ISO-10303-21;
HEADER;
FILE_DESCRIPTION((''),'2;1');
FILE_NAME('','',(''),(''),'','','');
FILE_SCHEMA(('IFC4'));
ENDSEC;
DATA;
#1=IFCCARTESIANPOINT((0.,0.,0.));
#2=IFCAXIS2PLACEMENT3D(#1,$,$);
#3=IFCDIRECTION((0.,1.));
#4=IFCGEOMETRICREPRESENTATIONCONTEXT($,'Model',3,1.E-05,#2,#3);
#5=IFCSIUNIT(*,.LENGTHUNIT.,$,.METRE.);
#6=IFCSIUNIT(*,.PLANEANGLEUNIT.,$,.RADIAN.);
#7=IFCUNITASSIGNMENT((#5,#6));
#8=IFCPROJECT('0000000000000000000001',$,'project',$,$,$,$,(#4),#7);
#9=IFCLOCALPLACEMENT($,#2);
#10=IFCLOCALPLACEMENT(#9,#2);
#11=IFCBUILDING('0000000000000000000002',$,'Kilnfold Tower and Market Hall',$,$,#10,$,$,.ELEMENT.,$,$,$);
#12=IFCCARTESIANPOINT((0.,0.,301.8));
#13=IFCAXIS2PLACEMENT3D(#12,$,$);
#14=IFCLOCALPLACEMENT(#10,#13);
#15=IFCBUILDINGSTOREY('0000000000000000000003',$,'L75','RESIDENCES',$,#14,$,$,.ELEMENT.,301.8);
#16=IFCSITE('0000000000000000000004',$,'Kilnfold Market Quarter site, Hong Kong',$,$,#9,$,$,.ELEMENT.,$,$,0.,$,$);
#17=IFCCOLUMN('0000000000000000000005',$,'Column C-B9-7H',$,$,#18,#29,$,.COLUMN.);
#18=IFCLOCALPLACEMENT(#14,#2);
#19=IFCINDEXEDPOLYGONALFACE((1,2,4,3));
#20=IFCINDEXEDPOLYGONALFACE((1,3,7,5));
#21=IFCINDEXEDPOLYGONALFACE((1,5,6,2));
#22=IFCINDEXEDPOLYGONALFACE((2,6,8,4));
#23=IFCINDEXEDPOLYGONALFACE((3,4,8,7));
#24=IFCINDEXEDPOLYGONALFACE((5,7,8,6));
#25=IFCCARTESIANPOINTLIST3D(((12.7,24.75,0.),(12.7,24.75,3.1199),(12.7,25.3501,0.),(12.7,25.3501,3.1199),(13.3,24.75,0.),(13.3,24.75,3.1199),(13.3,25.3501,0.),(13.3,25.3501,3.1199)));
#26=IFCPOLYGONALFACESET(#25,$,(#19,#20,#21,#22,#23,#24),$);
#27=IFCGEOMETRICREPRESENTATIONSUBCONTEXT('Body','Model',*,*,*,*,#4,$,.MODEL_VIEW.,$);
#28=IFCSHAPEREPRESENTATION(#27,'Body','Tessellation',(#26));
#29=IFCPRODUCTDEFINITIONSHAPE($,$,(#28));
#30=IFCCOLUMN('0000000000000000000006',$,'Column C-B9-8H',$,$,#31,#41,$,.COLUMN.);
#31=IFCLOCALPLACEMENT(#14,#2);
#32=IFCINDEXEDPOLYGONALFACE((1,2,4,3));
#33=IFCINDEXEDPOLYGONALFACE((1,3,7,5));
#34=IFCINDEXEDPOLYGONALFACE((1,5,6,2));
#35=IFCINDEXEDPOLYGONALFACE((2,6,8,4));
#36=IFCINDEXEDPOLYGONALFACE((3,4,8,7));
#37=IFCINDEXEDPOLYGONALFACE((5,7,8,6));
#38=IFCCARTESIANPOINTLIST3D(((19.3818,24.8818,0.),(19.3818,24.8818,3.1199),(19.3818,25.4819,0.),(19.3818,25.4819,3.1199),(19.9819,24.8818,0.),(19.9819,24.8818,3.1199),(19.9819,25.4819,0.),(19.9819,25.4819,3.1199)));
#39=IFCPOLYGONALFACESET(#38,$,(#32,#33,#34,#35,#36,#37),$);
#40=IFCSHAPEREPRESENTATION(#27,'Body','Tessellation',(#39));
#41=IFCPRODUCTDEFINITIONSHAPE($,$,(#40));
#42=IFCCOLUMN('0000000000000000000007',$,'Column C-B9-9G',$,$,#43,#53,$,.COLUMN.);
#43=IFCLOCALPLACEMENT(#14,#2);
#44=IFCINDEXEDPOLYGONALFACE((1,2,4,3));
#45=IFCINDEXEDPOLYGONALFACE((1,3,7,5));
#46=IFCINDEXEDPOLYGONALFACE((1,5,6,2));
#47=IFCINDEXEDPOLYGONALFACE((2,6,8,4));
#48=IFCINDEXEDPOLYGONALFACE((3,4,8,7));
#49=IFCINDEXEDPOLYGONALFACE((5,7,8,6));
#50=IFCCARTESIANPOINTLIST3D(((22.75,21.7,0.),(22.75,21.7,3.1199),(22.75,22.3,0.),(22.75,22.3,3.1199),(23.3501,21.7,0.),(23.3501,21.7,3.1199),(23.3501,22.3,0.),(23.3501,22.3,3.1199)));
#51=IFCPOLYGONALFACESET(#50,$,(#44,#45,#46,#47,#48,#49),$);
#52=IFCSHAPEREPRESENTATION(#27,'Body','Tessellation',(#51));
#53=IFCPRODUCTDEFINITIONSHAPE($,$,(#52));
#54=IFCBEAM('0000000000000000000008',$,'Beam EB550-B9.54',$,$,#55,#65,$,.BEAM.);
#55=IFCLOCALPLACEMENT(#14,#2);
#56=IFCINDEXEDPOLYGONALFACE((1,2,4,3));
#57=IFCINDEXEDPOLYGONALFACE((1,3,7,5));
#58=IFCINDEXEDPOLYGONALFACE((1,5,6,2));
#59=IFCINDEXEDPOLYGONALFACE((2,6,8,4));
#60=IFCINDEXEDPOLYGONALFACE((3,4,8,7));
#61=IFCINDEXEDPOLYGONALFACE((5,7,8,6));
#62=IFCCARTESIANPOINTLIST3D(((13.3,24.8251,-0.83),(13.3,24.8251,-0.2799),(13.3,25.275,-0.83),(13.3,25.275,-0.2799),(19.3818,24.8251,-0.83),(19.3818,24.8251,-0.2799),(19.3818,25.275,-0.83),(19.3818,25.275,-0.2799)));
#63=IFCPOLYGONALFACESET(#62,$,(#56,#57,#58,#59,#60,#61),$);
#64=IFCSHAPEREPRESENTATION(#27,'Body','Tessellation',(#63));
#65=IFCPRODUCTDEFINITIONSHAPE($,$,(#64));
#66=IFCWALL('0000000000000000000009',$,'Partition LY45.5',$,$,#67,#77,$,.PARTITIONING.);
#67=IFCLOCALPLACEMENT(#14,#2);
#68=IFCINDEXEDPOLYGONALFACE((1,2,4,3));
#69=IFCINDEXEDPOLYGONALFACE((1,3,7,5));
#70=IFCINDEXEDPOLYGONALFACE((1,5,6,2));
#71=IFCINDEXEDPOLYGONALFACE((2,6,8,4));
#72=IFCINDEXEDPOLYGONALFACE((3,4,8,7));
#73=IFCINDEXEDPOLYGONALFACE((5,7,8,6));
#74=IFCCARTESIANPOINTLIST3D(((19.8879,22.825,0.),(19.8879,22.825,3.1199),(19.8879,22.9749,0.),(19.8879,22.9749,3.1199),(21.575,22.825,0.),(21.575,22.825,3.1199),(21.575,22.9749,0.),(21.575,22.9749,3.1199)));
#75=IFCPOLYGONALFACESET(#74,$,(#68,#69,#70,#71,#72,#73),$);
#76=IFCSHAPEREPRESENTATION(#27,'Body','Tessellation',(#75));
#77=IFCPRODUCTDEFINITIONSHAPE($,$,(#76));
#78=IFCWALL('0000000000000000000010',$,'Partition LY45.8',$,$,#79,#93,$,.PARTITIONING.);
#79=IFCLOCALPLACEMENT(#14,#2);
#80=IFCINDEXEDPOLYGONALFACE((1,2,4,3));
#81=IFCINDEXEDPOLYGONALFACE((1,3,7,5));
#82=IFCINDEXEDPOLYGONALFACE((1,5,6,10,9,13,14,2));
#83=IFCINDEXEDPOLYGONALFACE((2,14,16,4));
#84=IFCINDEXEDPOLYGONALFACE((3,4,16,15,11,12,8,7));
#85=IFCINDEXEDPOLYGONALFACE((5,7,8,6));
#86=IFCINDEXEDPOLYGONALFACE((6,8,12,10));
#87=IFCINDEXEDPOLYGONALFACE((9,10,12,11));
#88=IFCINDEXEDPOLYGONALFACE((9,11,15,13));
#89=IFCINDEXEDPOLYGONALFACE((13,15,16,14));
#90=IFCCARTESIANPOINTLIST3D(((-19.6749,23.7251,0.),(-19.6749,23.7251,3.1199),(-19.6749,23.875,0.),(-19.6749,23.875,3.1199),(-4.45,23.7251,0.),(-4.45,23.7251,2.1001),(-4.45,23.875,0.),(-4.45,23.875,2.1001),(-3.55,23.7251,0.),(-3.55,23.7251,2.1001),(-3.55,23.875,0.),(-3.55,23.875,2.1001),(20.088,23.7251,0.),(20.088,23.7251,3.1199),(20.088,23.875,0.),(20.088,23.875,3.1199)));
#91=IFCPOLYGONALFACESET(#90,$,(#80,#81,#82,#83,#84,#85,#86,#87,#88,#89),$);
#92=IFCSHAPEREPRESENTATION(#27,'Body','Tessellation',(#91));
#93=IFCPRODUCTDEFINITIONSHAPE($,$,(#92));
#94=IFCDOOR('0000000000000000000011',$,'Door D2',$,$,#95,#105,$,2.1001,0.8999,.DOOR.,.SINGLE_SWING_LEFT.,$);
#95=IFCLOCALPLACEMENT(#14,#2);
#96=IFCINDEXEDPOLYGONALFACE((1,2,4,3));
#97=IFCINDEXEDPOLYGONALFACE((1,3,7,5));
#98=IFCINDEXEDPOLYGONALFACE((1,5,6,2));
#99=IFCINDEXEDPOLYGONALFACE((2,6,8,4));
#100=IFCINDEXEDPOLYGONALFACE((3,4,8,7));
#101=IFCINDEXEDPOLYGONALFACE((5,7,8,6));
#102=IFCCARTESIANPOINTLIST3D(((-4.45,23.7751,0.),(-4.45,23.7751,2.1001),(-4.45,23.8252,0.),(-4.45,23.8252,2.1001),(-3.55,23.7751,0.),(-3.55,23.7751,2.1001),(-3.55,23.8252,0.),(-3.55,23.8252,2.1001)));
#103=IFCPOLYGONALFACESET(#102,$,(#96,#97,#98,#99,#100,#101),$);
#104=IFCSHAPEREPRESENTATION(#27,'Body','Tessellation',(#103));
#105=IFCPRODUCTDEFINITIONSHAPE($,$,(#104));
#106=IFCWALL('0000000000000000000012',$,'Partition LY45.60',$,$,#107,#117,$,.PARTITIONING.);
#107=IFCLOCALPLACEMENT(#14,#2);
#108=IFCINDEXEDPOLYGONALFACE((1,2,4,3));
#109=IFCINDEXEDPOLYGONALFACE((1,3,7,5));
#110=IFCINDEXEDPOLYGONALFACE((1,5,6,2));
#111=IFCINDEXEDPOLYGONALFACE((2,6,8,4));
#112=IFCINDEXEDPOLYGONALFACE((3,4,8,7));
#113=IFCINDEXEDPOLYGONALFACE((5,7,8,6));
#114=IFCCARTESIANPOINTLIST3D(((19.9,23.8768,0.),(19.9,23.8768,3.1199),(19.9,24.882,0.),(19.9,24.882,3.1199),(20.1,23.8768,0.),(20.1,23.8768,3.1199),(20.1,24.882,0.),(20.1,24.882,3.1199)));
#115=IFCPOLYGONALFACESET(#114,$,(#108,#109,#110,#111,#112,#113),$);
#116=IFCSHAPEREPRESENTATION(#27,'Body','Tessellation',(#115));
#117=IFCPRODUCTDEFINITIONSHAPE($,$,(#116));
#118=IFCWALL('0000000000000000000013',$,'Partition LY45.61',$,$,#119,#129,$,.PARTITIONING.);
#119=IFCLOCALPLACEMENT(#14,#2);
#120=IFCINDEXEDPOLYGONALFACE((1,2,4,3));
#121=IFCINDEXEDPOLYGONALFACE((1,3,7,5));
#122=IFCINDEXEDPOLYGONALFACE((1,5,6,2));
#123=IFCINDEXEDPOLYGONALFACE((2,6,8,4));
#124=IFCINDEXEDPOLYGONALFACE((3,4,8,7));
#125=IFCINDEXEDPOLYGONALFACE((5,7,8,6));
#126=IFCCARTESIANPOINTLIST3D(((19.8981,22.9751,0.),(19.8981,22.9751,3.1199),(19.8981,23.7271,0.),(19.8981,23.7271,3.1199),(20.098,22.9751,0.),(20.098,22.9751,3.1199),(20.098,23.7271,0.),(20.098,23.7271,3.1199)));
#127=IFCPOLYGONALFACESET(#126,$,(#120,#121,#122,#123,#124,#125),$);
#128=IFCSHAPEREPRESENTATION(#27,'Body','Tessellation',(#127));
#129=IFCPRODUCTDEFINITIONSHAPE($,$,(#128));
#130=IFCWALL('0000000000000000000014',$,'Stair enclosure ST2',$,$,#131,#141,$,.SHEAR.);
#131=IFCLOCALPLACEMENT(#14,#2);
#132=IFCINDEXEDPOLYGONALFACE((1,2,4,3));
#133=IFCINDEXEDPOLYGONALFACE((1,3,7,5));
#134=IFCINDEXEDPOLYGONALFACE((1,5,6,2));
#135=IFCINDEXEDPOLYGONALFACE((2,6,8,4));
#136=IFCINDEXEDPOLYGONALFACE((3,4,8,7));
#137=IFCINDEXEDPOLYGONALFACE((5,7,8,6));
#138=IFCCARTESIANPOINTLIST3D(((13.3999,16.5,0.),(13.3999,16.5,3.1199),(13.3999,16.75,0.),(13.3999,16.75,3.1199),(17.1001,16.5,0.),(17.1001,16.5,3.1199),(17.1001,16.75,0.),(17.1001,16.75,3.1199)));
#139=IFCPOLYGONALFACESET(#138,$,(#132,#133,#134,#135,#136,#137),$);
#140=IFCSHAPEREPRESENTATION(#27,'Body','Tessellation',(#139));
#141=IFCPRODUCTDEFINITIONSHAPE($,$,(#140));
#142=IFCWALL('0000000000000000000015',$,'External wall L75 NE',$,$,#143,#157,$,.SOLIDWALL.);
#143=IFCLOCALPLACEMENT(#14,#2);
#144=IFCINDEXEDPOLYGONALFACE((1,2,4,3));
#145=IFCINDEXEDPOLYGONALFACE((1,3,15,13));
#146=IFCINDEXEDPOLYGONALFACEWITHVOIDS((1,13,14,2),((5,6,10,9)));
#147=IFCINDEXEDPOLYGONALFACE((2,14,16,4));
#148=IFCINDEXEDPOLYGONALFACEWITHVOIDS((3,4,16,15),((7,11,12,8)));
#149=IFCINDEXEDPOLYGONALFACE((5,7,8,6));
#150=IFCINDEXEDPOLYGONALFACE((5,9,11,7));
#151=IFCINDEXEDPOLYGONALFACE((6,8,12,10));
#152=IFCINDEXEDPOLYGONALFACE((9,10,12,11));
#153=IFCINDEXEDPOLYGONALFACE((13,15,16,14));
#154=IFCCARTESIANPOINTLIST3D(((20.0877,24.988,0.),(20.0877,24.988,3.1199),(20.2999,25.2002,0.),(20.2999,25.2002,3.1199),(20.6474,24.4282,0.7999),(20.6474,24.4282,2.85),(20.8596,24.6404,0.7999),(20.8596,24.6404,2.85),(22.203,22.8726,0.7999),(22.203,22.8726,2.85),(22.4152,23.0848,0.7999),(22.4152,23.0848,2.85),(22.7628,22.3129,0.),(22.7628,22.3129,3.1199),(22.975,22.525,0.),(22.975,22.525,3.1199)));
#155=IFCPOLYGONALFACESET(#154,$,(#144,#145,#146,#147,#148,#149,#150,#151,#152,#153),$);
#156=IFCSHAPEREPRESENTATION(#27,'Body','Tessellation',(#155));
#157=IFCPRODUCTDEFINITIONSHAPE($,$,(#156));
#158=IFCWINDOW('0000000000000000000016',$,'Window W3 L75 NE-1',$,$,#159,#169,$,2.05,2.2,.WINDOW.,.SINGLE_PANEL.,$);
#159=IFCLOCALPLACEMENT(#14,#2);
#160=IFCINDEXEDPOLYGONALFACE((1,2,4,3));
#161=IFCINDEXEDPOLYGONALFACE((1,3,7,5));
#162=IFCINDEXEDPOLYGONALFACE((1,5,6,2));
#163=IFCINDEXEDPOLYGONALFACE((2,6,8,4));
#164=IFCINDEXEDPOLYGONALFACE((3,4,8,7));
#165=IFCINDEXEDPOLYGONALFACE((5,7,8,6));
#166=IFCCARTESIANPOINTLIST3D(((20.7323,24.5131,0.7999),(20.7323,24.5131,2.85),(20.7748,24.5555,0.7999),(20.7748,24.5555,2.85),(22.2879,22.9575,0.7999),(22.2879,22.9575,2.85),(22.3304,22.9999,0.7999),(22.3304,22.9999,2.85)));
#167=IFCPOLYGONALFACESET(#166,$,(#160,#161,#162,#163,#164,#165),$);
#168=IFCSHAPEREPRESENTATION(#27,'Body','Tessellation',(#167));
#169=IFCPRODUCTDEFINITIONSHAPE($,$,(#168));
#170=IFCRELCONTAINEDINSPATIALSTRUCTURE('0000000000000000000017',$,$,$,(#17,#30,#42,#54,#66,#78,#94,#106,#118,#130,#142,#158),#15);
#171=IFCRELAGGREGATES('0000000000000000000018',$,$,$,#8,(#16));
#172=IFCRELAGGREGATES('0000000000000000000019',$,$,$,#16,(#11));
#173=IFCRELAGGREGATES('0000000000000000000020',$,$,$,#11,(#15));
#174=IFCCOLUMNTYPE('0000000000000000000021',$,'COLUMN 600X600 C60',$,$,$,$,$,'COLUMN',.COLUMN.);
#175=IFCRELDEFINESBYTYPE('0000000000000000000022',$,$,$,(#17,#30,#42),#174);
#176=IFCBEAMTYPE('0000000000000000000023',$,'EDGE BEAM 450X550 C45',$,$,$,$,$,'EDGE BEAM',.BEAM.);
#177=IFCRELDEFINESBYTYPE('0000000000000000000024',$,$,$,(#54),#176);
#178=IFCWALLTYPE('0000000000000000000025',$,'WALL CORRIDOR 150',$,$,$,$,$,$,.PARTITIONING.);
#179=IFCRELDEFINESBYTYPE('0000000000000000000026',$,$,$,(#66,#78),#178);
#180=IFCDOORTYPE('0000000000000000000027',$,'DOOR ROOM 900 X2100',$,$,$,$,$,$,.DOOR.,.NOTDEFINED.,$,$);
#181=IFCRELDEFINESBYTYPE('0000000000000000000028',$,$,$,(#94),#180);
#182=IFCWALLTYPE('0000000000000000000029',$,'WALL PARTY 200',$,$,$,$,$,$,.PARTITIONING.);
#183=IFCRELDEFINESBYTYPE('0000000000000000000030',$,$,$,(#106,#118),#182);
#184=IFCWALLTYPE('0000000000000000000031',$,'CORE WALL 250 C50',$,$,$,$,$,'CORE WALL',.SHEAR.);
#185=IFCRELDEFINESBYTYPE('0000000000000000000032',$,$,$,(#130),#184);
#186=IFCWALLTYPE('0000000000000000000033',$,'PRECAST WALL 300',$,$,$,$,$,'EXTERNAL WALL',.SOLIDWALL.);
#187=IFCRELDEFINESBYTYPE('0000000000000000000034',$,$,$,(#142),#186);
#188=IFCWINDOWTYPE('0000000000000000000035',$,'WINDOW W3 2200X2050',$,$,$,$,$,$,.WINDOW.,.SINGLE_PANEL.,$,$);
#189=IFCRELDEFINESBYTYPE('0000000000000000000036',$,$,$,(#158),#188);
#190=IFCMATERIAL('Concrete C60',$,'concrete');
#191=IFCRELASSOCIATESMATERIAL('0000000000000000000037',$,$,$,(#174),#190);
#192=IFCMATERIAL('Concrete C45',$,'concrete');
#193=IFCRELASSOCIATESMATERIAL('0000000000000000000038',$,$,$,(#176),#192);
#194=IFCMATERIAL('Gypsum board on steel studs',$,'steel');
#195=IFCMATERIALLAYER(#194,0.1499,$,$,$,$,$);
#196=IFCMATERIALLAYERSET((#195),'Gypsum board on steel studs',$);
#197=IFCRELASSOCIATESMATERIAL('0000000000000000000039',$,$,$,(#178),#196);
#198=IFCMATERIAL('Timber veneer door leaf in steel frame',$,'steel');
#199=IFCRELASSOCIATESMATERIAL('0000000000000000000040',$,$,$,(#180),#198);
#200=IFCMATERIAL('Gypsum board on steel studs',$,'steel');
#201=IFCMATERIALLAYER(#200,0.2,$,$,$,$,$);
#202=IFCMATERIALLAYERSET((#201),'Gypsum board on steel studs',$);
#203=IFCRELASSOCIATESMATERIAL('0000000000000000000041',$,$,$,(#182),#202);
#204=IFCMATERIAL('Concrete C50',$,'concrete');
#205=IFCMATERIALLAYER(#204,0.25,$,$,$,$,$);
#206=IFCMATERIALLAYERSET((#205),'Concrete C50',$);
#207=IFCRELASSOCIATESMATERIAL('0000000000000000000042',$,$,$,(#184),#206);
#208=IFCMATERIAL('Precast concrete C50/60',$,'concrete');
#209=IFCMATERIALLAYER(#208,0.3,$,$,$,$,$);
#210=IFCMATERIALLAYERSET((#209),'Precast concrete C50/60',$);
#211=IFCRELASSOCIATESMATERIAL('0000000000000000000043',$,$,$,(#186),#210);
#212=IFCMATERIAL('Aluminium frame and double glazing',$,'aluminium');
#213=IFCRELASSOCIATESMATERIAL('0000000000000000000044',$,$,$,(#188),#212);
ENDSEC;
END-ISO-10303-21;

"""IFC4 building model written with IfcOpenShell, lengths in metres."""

from ifc_helpers import new_model, si_unit, direction, frame, frame_2d, origin, origin_2d, place, context, subcontext, project, spatial, rectangle, extrude, source, transform, mapped, material, layer, layer_set, material_profile, profile_set, type_object, element, fill, save


model = new_model("IFC4")

# Units and contexts
model_context = context("Model", 3, precision=1e-05, world=origin(), true_north=direction((0.0, 1.0)))
body_context = subcontext(model_context, "Body", "Model", "MODEL_VIEW")
ifc_project = project(units=[si_unit("LENGTHUNIT", "METRE"), si_unit("PLANEANGLEUNIT", "RADIAN")], contexts=[model_context])

# Site, building, storey
site_placement = place(None, origin())
site = spatial("IfcSite", under=ifc_project, at=site_placement, Name="Kilnfold Market Quarter site, Hong Kong", CompositionType="ELEMENT", RefElevation=0.0)
building_placement = place(site_placement, origin())
building = spatial("IfcBuilding", under=site, at=building_placement, Name="Kilnfold Tower and Market Hall", CompositionType="ELEMENT")
storey_placement = place(building_placement, frame((0.0, 0.0, 301.8)))
storey = spatial("IfcBuildingStorey", under=building, at=storey_placement, Name="L75", Description="RESIDENCES", CompositionType="ELEMENT", Elevation=301.8)

# Columns
ifc_material_1 = material(Name="Concrete C60", Category="concrete")
ifc_material_profile_1 = material_profile(ifc_material_1, rectangle(XDim=0.6001, YDim=0.6001, at=origin_2d()), Name="RC 600x600")
ifc_profile_set_1 = profile_set([ifc_material_profile_1], Name="Concrete C60")
column_type = type_object("IfcColumnType", Name="COLUMN 600X600 C60", ElementType="COLUMN", PredefinedType="COLUMN", material=ifc_profile_set_1)
shared_shape_1 = source(origin(), body_context, "Body", "SweptSolid", [
    extrude(rectangle(XDim=0.6001, YDim=0.6001, at=origin_2d()), origin(), (0.0, 0.0, 1.0), 3.1199),
])
for number, where, z_axis, x_axis, name in (
    (1, (13.0, 25.05, 0.0), (0.0, 0.0, 1.0), (1.0, 0.0, 0.0), "Column C-B9-7H"),
    (2, (19.6819, 25.1819, 0.0), (0.0, 0.0, 1.0), (1.0, 0.0, 0.0), "Column C-B9-8H"),
    (3, (23.05, 22.0, 0.0), (0.0, 0.0, 1.0), (1.0, 0.0, 0.0), "Column C-B9-9G"),
):
    element("IfcColumn", number, at=place(storey_placement, frame(where, z_axis=z_axis, x_axis=x_axis)), inside=storey, type_object=column_type, Name=name, PredefinedType="COLUMN", context=body_context, shape_type="MappedRepresentation", body=[
        mapped(shared_shape_1, transform((0.0, 0.0, 0.0))),
    ])

# Beam
ifc_material_2 = material(Name="Concrete C45", Category="concrete")
ifc_material_profile_2 = material_profile(ifc_material_2, rectangle(XDim=0.45, YDim=0.55, at=origin_2d()), Name="RC 450x550")
ifc_profile_set_2 = profile_set([ifc_material_profile_2], Name="Concrete C45")
beam_type = type_object("IfcBeamType", Name="EDGE BEAM 450X550 C45", ElementType="EDGE BEAM", PredefinedType="BEAM", material=ifc_profile_set_2)
shared_shape_2 = source(origin(), body_context, "Body", "SweptSolid", [
    extrude(rectangle(XDim=0.45, YDim=0.55, at=origin_2d()), origin(), (0.0, 0.0, 1.0), 6.0818),
])
beam_placement = place(storey_placement, frame((13.3, 25.05, -0.5549), z_axis=(1.0, 0.0, 0.0), x_axis=(0.0, 1.0, 0.0)))
element("IfcBeam", 4, at=beam_placement, inside=storey, type_object=beam_type, Name="Beam EB550-B9.54", PredefinedType="BEAM", context=body_context, shape_type="MappedRepresentation", body=[
    mapped(shared_shape_2, transform((0.0, 0.0, 0.0))),
])

# Wall
ifc_material_3 = material(Name="Gypsum board on steel studs", Category="steel")
ifc_layer_1 = layer(ifc_material_3, 0.1499)
ifc_layer_set_1 = layer_set([ifc_layer_1], Name="Gypsum board on steel studs")
wall_type_1 = type_object("IfcWallType", Name="WALL CORRIDOR 150", PredefinedType="PARTITIONING", material=ifc_layer_set_1)
wall_1_placement = place(storey_placement, frame((21.575, 22.8999, 0.0), z_axis=(0.0, 0.0, 1.0), x_axis=(-1.0, 0.0, 0.0)))
element("IfcWall", 5, at=wall_1_placement, inside=storey, type_object=wall_type_1, Name="Partition LY45.5", PredefinedType="PARTITIONING", context=body_context, shape_type="SweptSolid", body=[
    extrude(rectangle(XDim=1.687, YDim=0.1499, at=frame_2d((0.8435, 0.0))), origin(), (0.0, 0.0, 1.0), 3.1199),
])

# Wall, opening, door
wall_2_placement = place(storey_placement, frame((20.0879, 23.8, 0.0), z_axis=(0.0, 0.0, 1.0), x_axis=(-1.0, 0.0, 0.0)))
wall_2 = element("IfcWall", 6, at=wall_2_placement, inside=storey, type_object=wall_type_1, Name="Partition LY45.8", PredefinedType="PARTITIONING", context=body_context, shape_type="SweptSolid", body=[
    extrude(rectangle(XDim=39.7629, YDim=0.1499, at=frame_2d((19.8813, 0.0))), origin(), (0.0, 0.0, 1.0), 3.1199),
])
opening_1_placement = place(wall_2_placement, frame((23.6379, 0.0, 0.0)))
opening_1 = element("IfcOpeningElement", 7, at=opening_1_placement, cuts=wall_2, PredefinedType="OPENING", context=body_context, shape_type="SweptSolid", body=[
    extrude(rectangle(XDim=0.8999, YDim=2.1001, at=frame_2d((0.45, 1.05))), frame((0.0, 0.085, 0.0), z_axis=(0.0, -1.0, 0.0), x_axis=(1.0, 0.0, 0.0)), (0.0, 0.0, 1.0), 0.1699),
])
ifc_material_4 = material(Name="Timber veneer door leaf in steel frame", Category="steel")
door_type = type_object("IfcDoorType", Name="DOOR ROOM 900 X2100", OperationType="NOTDEFINED", PredefinedType="DOOR", material=ifc_material_4)
door_placement = place(opening_1_placement, origin())
door = element("IfcDoor", 8, at=door_placement, inside=storey, type_object=door_type, Name="Door D2", OperationType="SINGLE_SWING_LEFT", OverallHeight=2.1001, OverallWidth=0.8999, PredefinedType="DOOR", context=body_context, shape_type="SweptSolid", body=[
    extrude(rectangle(XDim=0.8999, YDim=2.1001, at=frame_2d((0.45, 1.05))), frame((0.0, 0.0249, 0.0), z_axis=(0.0, -1.0, 0.0), x_axis=(1.0, 0.0, 0.0)), (0.0, 0.0, 1.0), 0.05),
])
fill(opening_1, door)

# Walls
ifc_material_5 = material(Name="Gypsum board on steel studs", Category="steel")
ifc_layer_2 = layer(ifc_material_5, 0.2)
ifc_layer_set_2 = layer_set([ifc_layer_2], Name="Gypsum board on steel studs")
wall_type_2 = type_object("IfcWallType", Name="WALL PARTY 200", PredefinedType="PARTITIONING", material=ifc_layer_set_2)
wall_3_placement = place(storey_placement, frame((20.0, 23.877, 0.0), z_axis=(0.0, 0.0, 1.0), x_axis=(0.0, 1.0, 0.0)))
element("IfcWall", 9, at=wall_3_placement, inside=storey, type_object=wall_type_2, Name="Partition LY45.60", PredefinedType="PARTITIONING", context=body_context, shape_type="SweptSolid", body=[
    extrude(rectangle(XDim=1.0051, YDim=0.2, at=frame_2d((0.5024, 0.0))), origin(), (0.0, 0.0, 1.0), 3.1199),
])
wall_4_placement = place(storey_placement, frame((19.998, 23.7271, 0.0), z_axis=(0.0, 0.0, 1.0), x_axis=(0.0, -1.0, 0.0)))
element("IfcWall", 10, at=wall_4_placement, inside=storey, type_object=wall_type_2, Name="Partition LY45.61", PredefinedType="PARTITIONING", context=body_context, shape_type="SweptSolid", body=[
    extrude(rectangle(XDim=0.752, YDim=0.2, at=frame_2d((0.376, 0.0))), origin(), (0.0, 0.0, 1.0), 3.1199),
])
ifc_material_6 = material(Name="Concrete C50", Category="concrete")
ifc_layer_3 = layer(ifc_material_6, 0.25)
ifc_layer_set_3 = layer_set([ifc_layer_3], Name="Concrete C50")
wall_type_3 = type_object("IfcWallType", Name="CORE WALL 250 C50", ElementType="CORE WALL", PredefinedType="SHEAR", material=ifc_layer_set_3)
shared_shape_3 = source(origin(), body_context, "Body", "SweptSolid", [
    extrude(rectangle(XDim=3.7002, YDim=0.25, at=frame_2d((1.8501, 0.0))), origin(), (0.0, 0.0, 1.0), 3.1199),
])
wall_5_placement = place(storey_placement, frame((13.3999, 16.625, 0.0), z_axis=(0.0, 0.0, 1.0), x_axis=(1.0, 0.0, 0.0)))
element("IfcWall", 11, at=wall_5_placement, inside=storey, type_object=wall_type_3, Name="Stair enclosure ST2", PredefinedType="SHEAR", context=body_context, shape_type="MappedRepresentation", body=[
    mapped(shared_shape_3, transform((0.0, 0.0, 0.0))),
])

# Wall, opening, window
ifc_material_7 = material(Name="Precast concrete C50/60", Category="concrete")
ifc_layer_4 = layer(ifc_material_7, 0.3)
ifc_layer_set_4 = layer_set([ifc_layer_4], Name="Precast concrete C50/60")
wall_type_4 = type_object("IfcWallType", Name="PRECAST WALL 300", ElementType="EXTERNAL WALL", PredefinedType="SOLIDWALL", material=ifc_layer_set_4)
shared_shape_4 = source(origin(), body_context, "Body", "SweptSolid", [
    extrude(rectangle(XDim=3.7832, YDim=0.3, at=frame_2d((1.8916, 0.0))), origin(), (0.0, 0.0, 1.0), 3.1199),
])
wall_6_placement = place(storey_placement, frame((22.8689, 22.4189, 0.0), z_axis=(0.0, 0.0, 1.0), x_axis=(-0.707107, 0.707107, 0.0)))
wall_6 = element("IfcWall", 12, at=wall_6_placement, inside=storey, type_object=wall_type_4, Name="External wall L75 NE", PredefinedType="SOLIDWALL", context=body_context, shape_type="MappedRepresentation", body=[
    mapped(shared_shape_4, transform((0.0, 0.0, 0.0))),
])
opening_2_placement = place(wall_6_placement, frame((0.7915, 0.0, 0.8)))
opening_2 = element("IfcOpeningElement", 13, at=opening_2_placement, cuts=wall_6, PredefinedType="OPENING", context=body_context, shape_type="SweptSolid", body=[
    extrude(rectangle(XDim=2.2, YDim=2.05, at=frame_2d((1.1001, 1.0249))), frame((0.0, 0.1602, 0.0), z_axis=(0.0, -1.0, 0.0), x_axis=(1.0, 0.0, 0.0)), (0.0, 0.0, 1.0), 0.3201),
])
ifc_material_8 = material(Name="Aluminium frame and double glazing", Category="aluminium")
window_type = type_object("IfcWindowType", Name="WINDOW W3 2200X2050", PartitioningType="SINGLE_PANEL", PredefinedType="WINDOW", material=ifc_material_8)
window_1_placement = place(opening_2_placement, origin())
window_1 = element("IfcWindow", 14, at=window_1_placement, inside=storey, type_object=window_type, Name="Window W3 L75 NE-1", OverallHeight=2.05, OverallWidth=2.2, PartitioningType="SINGLE_PANEL", PredefinedType="WINDOW", context=body_context, shape_type="SweptSolid", body=[
    extrude(rectangle(XDim=2.2, YDim=2.05, at=frame_2d((1.1001, 1.0249))), frame((0.0, 0.03, 0.0), z_axis=(0.0, -1.0, 0.0), x_axis=(1.0, 0.0, 0.0)), (0.0, 0.0, 1.0), 0.0601),
])
fill(opening_2, window_1)

save(model, "model.ifc")
